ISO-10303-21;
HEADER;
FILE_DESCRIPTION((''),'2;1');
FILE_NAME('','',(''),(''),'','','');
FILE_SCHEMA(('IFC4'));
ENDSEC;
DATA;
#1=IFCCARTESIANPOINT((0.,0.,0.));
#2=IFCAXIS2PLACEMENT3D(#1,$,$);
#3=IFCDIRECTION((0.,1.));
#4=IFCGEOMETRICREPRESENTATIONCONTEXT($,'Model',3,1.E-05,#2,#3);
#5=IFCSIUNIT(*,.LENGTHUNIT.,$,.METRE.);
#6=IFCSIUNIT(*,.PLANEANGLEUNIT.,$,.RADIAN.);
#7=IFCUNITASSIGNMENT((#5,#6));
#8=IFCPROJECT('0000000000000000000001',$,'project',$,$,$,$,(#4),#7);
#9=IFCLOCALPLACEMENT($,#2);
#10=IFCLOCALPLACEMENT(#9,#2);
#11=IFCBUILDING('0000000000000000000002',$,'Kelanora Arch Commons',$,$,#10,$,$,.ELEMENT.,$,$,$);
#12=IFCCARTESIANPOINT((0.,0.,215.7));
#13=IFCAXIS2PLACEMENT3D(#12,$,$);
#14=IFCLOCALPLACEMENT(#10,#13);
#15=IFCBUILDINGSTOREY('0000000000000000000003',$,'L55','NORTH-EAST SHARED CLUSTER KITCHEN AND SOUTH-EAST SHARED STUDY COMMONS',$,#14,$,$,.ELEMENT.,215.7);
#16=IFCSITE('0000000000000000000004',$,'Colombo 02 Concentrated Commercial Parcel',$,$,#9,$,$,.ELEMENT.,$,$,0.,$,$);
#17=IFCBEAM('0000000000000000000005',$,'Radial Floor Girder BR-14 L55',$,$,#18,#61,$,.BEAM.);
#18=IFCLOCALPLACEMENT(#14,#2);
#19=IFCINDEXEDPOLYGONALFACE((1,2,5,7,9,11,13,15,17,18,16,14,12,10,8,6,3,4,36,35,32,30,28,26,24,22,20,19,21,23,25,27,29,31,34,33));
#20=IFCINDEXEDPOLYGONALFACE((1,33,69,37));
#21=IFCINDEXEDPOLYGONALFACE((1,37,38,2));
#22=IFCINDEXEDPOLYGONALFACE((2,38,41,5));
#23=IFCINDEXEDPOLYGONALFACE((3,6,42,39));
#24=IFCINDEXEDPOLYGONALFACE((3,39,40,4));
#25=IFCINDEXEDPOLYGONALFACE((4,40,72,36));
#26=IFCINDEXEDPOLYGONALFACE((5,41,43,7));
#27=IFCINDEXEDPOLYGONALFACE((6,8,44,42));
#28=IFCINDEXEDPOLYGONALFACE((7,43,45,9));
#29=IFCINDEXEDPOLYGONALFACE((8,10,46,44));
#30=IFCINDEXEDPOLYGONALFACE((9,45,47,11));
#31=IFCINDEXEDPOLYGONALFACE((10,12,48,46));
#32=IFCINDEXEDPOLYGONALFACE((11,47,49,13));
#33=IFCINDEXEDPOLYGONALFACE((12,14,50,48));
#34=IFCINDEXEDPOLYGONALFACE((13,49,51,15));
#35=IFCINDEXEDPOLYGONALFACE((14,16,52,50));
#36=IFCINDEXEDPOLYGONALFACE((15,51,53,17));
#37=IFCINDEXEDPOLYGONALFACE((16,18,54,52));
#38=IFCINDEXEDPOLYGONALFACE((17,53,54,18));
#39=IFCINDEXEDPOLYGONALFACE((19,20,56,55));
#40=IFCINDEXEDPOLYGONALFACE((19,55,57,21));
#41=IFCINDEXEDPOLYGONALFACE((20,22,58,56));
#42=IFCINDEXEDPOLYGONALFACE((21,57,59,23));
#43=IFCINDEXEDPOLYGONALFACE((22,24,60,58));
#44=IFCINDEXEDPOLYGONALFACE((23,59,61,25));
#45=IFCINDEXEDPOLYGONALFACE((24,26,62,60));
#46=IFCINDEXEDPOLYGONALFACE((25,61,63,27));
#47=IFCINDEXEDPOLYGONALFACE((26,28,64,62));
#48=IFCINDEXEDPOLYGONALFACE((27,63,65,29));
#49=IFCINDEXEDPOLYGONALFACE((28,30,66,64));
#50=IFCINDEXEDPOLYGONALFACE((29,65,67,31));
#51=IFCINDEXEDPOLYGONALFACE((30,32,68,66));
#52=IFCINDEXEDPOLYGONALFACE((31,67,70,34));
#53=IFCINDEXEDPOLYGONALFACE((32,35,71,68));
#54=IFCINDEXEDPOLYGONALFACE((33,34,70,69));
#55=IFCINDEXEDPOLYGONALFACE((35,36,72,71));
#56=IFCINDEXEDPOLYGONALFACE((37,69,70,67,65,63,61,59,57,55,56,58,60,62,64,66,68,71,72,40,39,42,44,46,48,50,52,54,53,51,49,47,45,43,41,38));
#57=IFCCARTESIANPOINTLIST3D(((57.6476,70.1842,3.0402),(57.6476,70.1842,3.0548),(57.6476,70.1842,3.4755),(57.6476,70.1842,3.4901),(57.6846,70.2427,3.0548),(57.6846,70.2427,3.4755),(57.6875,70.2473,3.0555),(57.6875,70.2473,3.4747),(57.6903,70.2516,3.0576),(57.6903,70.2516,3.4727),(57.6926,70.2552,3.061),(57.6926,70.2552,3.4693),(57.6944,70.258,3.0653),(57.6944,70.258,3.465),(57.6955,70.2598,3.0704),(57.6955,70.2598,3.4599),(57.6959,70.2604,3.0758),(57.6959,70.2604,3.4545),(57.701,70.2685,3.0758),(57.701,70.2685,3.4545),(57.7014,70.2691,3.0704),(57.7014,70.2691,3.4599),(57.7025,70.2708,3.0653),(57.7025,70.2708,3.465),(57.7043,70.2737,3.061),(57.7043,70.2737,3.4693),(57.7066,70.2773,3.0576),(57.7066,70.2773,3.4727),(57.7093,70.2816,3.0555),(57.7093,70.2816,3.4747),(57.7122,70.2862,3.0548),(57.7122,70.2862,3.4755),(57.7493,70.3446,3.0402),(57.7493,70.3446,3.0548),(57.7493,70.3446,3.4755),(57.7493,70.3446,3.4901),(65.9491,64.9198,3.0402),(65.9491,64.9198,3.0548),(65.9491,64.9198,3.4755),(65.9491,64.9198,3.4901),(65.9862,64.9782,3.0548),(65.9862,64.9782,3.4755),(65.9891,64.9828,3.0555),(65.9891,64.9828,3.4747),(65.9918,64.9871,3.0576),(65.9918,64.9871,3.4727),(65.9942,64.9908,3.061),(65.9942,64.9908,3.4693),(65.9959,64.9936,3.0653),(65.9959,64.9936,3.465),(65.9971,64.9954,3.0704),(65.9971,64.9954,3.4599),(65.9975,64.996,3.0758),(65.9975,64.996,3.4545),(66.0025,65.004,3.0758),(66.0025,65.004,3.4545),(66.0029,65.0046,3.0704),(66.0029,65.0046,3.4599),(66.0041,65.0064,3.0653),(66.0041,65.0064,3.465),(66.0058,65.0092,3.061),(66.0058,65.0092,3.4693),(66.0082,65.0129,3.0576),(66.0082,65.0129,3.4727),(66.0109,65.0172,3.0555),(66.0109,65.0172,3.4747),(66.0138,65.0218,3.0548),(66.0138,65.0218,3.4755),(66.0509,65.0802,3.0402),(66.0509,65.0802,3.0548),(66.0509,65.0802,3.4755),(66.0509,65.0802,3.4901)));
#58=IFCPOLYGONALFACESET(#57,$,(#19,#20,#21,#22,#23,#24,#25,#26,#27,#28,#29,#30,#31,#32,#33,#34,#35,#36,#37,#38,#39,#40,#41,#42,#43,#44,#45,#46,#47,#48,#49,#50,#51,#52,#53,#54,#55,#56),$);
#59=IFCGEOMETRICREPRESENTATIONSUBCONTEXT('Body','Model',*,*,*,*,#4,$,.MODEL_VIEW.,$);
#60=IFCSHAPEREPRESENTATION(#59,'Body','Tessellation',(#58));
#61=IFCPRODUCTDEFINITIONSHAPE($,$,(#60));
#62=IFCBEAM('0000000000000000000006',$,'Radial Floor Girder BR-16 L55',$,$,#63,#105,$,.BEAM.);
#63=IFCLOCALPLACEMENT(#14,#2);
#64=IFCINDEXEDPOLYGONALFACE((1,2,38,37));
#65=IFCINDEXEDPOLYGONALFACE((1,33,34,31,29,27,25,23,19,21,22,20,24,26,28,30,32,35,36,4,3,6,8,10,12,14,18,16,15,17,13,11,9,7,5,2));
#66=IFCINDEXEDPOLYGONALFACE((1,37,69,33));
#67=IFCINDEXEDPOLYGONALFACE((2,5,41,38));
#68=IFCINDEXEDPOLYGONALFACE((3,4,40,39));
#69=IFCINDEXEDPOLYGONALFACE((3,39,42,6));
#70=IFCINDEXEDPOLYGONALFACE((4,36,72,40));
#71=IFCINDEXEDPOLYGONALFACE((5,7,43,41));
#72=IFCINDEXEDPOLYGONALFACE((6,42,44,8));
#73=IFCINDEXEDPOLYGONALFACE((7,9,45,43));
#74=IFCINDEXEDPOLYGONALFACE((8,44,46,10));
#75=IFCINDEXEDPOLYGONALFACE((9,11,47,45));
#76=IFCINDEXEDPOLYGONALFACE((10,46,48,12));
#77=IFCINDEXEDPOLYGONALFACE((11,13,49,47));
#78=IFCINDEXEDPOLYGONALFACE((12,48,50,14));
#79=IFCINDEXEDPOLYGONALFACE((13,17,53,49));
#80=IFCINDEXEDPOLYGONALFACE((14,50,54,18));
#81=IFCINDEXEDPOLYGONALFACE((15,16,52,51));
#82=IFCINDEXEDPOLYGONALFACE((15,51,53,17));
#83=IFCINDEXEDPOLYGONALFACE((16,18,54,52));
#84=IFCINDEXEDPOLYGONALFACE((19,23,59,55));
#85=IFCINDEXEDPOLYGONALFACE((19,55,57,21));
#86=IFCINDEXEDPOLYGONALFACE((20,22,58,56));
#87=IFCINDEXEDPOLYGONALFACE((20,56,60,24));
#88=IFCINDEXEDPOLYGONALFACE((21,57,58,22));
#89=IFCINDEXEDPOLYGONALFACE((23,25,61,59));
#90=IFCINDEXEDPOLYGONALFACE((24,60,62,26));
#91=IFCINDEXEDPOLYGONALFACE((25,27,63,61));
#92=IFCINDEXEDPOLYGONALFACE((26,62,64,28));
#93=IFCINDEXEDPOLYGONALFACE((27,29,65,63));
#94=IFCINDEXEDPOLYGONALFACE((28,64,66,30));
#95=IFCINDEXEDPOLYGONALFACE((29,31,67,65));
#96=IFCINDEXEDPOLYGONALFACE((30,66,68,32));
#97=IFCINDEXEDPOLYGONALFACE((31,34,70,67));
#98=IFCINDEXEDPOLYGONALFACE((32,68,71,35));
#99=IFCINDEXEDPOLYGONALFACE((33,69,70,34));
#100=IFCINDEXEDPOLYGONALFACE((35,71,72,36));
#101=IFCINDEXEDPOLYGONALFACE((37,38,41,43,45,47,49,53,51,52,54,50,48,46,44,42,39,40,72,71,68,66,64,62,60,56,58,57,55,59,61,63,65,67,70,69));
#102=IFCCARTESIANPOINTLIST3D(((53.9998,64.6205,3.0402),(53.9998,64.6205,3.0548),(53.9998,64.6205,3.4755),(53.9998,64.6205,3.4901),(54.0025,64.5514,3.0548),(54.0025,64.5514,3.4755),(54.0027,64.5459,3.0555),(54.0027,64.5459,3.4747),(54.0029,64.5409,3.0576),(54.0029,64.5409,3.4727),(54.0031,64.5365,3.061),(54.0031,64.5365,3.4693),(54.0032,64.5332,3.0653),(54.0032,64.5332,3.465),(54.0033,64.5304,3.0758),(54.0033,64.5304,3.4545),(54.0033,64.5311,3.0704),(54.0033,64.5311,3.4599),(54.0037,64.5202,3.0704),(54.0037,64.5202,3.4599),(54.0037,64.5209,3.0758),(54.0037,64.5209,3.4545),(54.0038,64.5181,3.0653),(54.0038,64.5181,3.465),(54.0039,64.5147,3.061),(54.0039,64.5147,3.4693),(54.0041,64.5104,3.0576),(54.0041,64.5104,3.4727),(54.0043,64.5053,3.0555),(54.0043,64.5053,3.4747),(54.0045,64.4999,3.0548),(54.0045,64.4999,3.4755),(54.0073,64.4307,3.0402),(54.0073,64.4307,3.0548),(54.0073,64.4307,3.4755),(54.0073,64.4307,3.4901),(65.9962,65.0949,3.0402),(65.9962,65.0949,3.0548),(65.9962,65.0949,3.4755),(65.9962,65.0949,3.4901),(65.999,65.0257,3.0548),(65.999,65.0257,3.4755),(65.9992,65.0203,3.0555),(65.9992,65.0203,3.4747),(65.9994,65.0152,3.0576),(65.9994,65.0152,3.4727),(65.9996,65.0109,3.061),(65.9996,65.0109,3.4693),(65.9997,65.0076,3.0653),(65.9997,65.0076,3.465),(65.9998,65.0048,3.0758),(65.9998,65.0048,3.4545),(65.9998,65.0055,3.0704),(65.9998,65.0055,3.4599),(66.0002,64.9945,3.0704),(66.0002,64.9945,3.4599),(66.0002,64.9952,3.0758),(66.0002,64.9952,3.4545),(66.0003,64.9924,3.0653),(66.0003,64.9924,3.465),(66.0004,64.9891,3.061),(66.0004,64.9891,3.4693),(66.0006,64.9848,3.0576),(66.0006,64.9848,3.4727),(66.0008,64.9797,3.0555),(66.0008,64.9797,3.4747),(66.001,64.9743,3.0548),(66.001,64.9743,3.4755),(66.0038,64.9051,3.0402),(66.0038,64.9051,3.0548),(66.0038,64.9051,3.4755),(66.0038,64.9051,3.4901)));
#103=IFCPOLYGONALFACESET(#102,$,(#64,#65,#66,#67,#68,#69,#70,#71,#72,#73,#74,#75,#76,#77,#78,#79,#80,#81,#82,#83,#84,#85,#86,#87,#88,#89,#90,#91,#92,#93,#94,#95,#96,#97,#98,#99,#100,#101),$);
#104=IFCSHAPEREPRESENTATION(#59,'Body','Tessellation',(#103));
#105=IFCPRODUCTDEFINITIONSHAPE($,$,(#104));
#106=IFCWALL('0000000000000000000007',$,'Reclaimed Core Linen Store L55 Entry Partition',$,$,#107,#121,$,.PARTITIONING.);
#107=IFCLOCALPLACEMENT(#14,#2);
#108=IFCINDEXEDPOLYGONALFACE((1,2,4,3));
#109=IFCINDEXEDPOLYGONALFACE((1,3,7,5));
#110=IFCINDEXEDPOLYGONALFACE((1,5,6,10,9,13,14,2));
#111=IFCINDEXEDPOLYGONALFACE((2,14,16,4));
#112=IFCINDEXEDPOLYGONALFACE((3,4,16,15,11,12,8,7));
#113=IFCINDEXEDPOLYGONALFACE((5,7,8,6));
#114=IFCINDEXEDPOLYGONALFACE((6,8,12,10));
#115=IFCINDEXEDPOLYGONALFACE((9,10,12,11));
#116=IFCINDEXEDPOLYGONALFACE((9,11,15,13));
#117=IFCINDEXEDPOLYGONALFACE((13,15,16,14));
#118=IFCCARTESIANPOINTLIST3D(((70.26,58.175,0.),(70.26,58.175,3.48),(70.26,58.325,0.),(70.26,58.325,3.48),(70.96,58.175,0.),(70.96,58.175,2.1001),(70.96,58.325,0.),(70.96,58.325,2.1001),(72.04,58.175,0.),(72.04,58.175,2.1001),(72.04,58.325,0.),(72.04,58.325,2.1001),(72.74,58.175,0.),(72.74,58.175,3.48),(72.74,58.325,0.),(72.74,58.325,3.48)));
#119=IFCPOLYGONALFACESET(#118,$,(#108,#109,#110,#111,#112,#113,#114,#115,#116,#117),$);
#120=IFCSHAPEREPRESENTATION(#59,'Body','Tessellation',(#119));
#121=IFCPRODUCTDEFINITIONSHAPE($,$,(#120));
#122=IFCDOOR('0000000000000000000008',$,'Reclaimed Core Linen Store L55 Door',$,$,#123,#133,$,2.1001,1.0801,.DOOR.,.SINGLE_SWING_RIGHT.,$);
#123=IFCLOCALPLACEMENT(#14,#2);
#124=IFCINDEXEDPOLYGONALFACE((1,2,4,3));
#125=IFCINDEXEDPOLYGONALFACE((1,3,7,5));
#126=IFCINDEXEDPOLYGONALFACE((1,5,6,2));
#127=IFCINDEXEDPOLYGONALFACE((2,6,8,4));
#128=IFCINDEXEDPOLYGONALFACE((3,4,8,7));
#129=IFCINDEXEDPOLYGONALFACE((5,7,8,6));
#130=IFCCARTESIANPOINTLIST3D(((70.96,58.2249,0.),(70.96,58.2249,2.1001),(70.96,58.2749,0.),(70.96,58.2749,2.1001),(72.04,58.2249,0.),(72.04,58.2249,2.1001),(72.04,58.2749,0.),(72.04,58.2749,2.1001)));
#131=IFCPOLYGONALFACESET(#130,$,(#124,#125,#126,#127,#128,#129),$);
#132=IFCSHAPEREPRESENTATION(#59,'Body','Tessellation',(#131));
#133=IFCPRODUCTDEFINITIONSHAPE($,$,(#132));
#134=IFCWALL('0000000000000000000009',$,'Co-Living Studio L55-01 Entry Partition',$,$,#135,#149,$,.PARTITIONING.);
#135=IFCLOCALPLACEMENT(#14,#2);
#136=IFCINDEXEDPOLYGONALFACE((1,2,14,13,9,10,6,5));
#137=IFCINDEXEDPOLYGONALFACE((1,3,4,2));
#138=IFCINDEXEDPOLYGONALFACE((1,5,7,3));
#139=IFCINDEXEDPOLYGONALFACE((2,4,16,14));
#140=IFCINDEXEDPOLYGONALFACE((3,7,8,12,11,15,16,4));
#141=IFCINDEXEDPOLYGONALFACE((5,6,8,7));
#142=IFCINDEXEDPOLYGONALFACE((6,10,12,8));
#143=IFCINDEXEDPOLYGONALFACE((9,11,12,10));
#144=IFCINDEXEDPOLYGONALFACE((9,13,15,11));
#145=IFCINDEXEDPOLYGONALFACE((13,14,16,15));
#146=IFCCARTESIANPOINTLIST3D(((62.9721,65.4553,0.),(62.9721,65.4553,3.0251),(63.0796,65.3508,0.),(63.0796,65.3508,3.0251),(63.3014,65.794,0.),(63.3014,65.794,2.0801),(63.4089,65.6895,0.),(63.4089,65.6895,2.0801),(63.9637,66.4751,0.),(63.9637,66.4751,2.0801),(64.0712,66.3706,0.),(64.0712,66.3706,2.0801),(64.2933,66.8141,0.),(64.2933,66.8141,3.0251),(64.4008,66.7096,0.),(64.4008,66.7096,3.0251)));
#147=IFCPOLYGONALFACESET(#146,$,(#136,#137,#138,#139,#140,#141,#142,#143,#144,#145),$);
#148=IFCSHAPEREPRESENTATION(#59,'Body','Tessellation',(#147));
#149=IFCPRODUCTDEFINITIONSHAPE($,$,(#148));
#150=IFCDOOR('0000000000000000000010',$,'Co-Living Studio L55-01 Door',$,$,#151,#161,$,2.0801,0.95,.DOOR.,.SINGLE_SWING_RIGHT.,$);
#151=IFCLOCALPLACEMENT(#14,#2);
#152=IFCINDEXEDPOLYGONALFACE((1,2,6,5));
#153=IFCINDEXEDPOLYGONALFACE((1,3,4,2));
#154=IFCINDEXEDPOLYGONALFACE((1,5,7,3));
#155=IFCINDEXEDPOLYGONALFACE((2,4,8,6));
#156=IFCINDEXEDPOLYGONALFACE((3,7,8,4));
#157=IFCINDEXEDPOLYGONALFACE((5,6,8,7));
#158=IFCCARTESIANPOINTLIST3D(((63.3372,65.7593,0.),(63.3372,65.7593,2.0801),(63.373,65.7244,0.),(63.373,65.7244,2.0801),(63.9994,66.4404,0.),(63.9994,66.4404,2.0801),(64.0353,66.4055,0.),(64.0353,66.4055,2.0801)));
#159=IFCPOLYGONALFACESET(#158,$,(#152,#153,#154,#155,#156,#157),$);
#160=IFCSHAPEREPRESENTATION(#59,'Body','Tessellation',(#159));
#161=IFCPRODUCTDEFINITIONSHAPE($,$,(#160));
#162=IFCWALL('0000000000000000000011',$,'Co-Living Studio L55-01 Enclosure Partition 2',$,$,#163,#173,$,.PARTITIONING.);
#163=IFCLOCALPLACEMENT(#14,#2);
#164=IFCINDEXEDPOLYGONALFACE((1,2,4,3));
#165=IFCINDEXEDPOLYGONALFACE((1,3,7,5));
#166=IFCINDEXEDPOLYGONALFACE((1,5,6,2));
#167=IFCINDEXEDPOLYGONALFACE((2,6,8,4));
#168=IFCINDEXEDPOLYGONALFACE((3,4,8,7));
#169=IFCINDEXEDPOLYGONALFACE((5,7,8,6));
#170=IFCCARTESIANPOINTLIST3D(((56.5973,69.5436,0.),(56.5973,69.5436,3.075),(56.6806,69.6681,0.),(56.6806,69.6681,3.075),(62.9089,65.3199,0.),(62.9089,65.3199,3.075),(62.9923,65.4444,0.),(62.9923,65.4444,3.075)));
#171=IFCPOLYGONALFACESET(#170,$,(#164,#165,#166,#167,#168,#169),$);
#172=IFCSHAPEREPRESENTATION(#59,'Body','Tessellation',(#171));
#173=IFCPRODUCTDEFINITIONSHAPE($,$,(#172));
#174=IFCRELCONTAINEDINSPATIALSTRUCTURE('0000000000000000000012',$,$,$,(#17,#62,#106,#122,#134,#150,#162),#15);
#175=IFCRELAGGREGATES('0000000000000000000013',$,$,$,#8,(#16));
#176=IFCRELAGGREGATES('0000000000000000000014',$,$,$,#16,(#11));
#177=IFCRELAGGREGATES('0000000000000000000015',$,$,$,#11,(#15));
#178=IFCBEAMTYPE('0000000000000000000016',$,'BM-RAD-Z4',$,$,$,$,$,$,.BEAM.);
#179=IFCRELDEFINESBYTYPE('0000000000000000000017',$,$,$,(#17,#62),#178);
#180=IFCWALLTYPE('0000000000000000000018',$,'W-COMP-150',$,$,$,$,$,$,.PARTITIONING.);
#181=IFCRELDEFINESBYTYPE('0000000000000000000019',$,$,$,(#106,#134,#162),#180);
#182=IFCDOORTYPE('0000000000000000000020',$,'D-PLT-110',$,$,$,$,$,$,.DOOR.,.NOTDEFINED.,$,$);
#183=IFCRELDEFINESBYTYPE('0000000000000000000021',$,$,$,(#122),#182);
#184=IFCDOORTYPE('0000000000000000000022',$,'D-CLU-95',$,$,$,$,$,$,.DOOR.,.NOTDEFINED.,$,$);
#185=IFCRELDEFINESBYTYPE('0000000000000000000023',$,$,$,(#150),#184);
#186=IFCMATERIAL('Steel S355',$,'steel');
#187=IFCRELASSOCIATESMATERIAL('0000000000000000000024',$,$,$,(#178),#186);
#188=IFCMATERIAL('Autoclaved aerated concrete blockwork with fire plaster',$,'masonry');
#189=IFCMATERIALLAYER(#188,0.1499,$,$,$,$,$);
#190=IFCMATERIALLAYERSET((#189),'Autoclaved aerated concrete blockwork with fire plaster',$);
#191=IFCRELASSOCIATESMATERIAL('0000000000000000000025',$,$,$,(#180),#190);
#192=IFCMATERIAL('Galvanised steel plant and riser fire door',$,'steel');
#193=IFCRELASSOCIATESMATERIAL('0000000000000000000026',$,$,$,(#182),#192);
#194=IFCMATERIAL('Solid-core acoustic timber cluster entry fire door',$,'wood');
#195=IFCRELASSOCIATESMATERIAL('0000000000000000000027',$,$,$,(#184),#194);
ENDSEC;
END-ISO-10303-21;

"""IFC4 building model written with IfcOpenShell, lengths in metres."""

from ifc_helpers import new_model, si_unit, direction, frame, frame_2d, origin, origin_2d, place, context, subcontext, project, spatial, rectangle, i_section, extrude, material, layer, layer_set, material_profile, profile_set, type_object, element, fill, save


model = new_model("IFC4")

# Units and contexts
model_context = context("Model", 3, precision=1e-05, world=origin(), true_north=direction((0.0, 1.0)))
body_context = subcontext(model_context, "Body", "Model", "MODEL_VIEW")
ifc_project = project(units=[si_unit("LENGTHUNIT", "METRE"), si_unit("PLANEANGLEUNIT", "RADIAN")], contexts=[model_context])

# Site, building, storey
site_placement = place(None, origin())
site = spatial("IfcSite", under=ifc_project, at=site_placement, Name="Colombo 02 Concentrated Commercial Parcel", CompositionType="ELEMENT", RefElevation=0.0)
building_placement = place(site_placement, origin())
building = spatial("IfcBuilding", under=site, at=building_placement, Name="Kelanora Arch Commons", CompositionType="ELEMENT")
storey_placement = place(building_placement, frame((0.0, 0.0, 215.7)))
storey = spatial("IfcBuildingStorey", under=building, at=storey_placement, Name="L55", Description="NORTH-EAST SHARED CLUSTER KITCHEN AND SOUTH-EAST SHARED STUDY COMMONS", CompositionType="ELEMENT", Elevation=215.7)

# Beams
ifc_material_1 = material(Name="Steel S355", Category="steel")
ifc_material_profile_1 = material_profile(ifc_material_1, i_section(OverallWidth=0.1899, OverallDepth=0.45, WebThickness=0.0095, FlangeThickness=0.0146, FilletRadius=0.021, at=origin_2d()), Name="IPE450")
ifc_profile_set_1 = profile_set([ifc_material_profile_1], Name="Steel S355")
beam_type_1 = type_object("IfcBeamType", Name="BM-RAD-Z4", PredefinedType="BEAM", material=ifc_profile_set_1)
beam_1_placement = place(storey_placement, frame((66.0, 65.0, 3.2651), z_axis=(-0.844507, 0.535544, 0.0), x_axis=(-0.535544, -0.844507, 0.0)))
element("IfcBeam", 1, at=beam_1_placement, inside=storey, type_object=beam_type_1, Name="Radial Floor Girder BR-14 L55", PredefinedType="BEAM", context=body_context, shape_type="SweptSolid", body=[
    extrude(i_section(OverallWidth=0.1899, OverallDepth=0.45, WebThickness=0.0095, FlangeThickness=0.0146, FilletRadius=0.021, at=origin_2d()), origin(), (0.0, 0.0, 1.0), 9.8301),
])
beam_2_placement = place(storey_placement, frame((66.0, 65.0, 3.2651), z_axis=(-0.999219, -0.039511, 0.0), x_axis=(0.039511, -0.999219, 0.0)))
element("IfcBeam", 2, at=beam_2_placement, inside=storey, type_object=beam_type_1, Name="Radial Floor Girder BR-16 L55", PredefinedType="BEAM", context=body_context, shape_type="SweptSolid", body=[
    extrude(i_section(OverallWidth=0.1899, OverallDepth=0.45, WebThickness=0.0095, FlangeThickness=0.0146, FilletRadius=0.021, at=origin_2d()), origin(), (0.0, 0.0, 1.0), 12.0059),
])

# Walls, openings, doors
ifc_material_2 = material(Name="Autoclaved aerated concrete blockwork with fire plaster", Category="masonry")
ifc_layer_1 = layer(ifc_material_2, 0.1499)
ifc_layer_set_1 = layer_set([ifc_layer_1], Name="Autoclaved aerated concrete blockwork with fire plaster")
wall_type_1 = type_object("IfcWallType", Name="W-COMP-150", PredefinedType="PARTITIONING", material=ifc_layer_set_1)
wall_1_placement = place(storey_placement, frame((70.26, 58.25, 0.0), z_axis=(0.0, 0.0, 1.0), x_axis=(1.0, 0.0, 0.0)))
wall_1 = element("IfcWall", 3, at=wall_1_placement, inside=storey, type_object=wall_type_1, Name="Reclaimed Core Linen Store L55 Entry Partition", PredefinedType="PARTITIONING", context=body_context, shape_type="SweptSolid", body=[
    extrude(rectangle(XDim=2.48, YDim=0.1499, at=frame_2d((1.24, 0.0))), origin(), (0.0, 0.0, 1.0), 3.48),
])
opening_1_placement = place(wall_1_placement, frame((0.7, 0.0, 0.0)))
opening_1 = element("IfcOpeningElement", 4, at=opening_1_placement, cuts=wall_1, PredefinedType="OPENING", context=body_context, shape_type="SweptSolid", body=[
    extrude(rectangle(XDim=1.0801, YDim=2.1001, at=frame_2d((0.54, 1.05))), frame((0.0, 0.085, 0.0), z_axis=(0.0, -1.0, 0.0), x_axis=(1.0, 0.0, 0.0)), (0.0, 0.0, 1.0), 0.1699),
])
ifc_material_3 = material(Name="Galvanised steel plant and riser fire door", Category="steel")
door_type_1 = type_object("IfcDoorType", Name="D-PLT-110", OperationType="NOTDEFINED", PredefinedType="DOOR", material=ifc_material_3)
door_1_placement = place(opening_1_placement, origin())
door_1 = element("IfcDoor", 5, at=door_1_placement, inside=storey, type_object=door_type_1, Name="Reclaimed Core Linen Store L55 Door", OperationType="SINGLE_SWING_RIGHT", OverallHeight=2.1001, OverallWidth=1.0801, PredefinedType="DOOR", context=body_context, shape_type="SweptSolid", body=[
    extrude(rectangle(XDim=1.0801, YDim=2.1001, at=frame_2d((0.54, 1.05))), frame((0.0, 0.0249, 0.0), z_axis=(0.0, -1.0, 0.0), x_axis=(1.0, 0.0, 0.0)), (0.0, 0.0, 1.0), 0.05),
])
fill(opening_1, door_1)
wall_2_placement = place(storey_placement, frame((64.3472, 66.762, 0.0), z_axis=(0.0, 0.0, 1.0), x_axis=(-0.697119, -0.716956, 0.0)))
wall_2 = element("IfcWall", 6, at=wall_2_placement, inside=storey, type_object=wall_type_1, Name="Co-Living Studio L55-01 Entry Partition", PredefinedType="PARTITIONING", context=body_context, shape_type="SweptSolid", body=[
    extrude(rectangle(XDim=1.8953, YDim=0.1499, at=frame_2d((0.9478, 0.0))), origin(), (0.0, 0.0, 1.0), 3.0251),
])
opening_2_placement = place(wall_2_placement, frame((0.4729, 0.0, 0.0)))
opening_2 = element("IfcOpeningElement", 7, at=opening_2_placement, cuts=wall_2, PredefinedType="OPENING", context=body_context, shape_type="SweptSolid", body=[
    extrude(rectangle(XDim=0.95, YDim=2.0801, at=frame_2d((0.4751, 1.04))), frame((0.0, 0.085, 0.0), z_axis=(0.0, -1.0, 0.0), x_axis=(1.0, 0.0, 0.0)), (0.0, 0.0, 1.0), 0.1699),
])
ifc_material_4 = material(Name="Solid-core acoustic timber cluster entry fire door", Category="wood")
door_type_2 = type_object("IfcDoorType", Name="D-CLU-95", OperationType="NOTDEFINED", PredefinedType="DOOR", material=ifc_material_4)
door_2_placement = place(opening_2_placement, origin())
door_2 = element("IfcDoor", 8, at=door_2_placement, inside=storey, type_object=door_type_2, Name="Co-Living Studio L55-01 Door", OperationType="SINGLE_SWING_RIGHT", OverallHeight=2.0801, OverallWidth=0.95, PredefinedType="DOOR", context=body_context, shape_type="SweptSolid", body=[
    extrude(rectangle(XDim=0.95, YDim=2.0801, at=frame_2d((0.4751, 1.04))), frame((0.0, 0.0249, 0.0), z_axis=(0.0, -1.0, 0.0), x_axis=(1.0, 0.0, 0.0)), (0.0, 0.0, 1.0), 0.05),
])
fill(opening_2, door_2)

# Wall
wall_3_placement = place(storey_placement, frame((62.9507, 65.3821, 0.0), z_axis=(0.0, 0.0, 1.0), x_axis=(-0.83108, 0.556153, 0.0)))
element("IfcWall", 9, at=wall_3_placement, inside=storey, type_object=wall_type_1, Name="Co-Living Studio L55-01 Enclosure Partition 2", PredefinedType="PARTITIONING", context=body_context, shape_type="SweptSolid", body=[
    extrude(rectangle(XDim=7.5945, YDim=0.1499, at=frame_2d((3.7974, 0.0))), origin(), (0.0, 0.0, 1.0), 3.075),
])

save(model, "model.ifc")
